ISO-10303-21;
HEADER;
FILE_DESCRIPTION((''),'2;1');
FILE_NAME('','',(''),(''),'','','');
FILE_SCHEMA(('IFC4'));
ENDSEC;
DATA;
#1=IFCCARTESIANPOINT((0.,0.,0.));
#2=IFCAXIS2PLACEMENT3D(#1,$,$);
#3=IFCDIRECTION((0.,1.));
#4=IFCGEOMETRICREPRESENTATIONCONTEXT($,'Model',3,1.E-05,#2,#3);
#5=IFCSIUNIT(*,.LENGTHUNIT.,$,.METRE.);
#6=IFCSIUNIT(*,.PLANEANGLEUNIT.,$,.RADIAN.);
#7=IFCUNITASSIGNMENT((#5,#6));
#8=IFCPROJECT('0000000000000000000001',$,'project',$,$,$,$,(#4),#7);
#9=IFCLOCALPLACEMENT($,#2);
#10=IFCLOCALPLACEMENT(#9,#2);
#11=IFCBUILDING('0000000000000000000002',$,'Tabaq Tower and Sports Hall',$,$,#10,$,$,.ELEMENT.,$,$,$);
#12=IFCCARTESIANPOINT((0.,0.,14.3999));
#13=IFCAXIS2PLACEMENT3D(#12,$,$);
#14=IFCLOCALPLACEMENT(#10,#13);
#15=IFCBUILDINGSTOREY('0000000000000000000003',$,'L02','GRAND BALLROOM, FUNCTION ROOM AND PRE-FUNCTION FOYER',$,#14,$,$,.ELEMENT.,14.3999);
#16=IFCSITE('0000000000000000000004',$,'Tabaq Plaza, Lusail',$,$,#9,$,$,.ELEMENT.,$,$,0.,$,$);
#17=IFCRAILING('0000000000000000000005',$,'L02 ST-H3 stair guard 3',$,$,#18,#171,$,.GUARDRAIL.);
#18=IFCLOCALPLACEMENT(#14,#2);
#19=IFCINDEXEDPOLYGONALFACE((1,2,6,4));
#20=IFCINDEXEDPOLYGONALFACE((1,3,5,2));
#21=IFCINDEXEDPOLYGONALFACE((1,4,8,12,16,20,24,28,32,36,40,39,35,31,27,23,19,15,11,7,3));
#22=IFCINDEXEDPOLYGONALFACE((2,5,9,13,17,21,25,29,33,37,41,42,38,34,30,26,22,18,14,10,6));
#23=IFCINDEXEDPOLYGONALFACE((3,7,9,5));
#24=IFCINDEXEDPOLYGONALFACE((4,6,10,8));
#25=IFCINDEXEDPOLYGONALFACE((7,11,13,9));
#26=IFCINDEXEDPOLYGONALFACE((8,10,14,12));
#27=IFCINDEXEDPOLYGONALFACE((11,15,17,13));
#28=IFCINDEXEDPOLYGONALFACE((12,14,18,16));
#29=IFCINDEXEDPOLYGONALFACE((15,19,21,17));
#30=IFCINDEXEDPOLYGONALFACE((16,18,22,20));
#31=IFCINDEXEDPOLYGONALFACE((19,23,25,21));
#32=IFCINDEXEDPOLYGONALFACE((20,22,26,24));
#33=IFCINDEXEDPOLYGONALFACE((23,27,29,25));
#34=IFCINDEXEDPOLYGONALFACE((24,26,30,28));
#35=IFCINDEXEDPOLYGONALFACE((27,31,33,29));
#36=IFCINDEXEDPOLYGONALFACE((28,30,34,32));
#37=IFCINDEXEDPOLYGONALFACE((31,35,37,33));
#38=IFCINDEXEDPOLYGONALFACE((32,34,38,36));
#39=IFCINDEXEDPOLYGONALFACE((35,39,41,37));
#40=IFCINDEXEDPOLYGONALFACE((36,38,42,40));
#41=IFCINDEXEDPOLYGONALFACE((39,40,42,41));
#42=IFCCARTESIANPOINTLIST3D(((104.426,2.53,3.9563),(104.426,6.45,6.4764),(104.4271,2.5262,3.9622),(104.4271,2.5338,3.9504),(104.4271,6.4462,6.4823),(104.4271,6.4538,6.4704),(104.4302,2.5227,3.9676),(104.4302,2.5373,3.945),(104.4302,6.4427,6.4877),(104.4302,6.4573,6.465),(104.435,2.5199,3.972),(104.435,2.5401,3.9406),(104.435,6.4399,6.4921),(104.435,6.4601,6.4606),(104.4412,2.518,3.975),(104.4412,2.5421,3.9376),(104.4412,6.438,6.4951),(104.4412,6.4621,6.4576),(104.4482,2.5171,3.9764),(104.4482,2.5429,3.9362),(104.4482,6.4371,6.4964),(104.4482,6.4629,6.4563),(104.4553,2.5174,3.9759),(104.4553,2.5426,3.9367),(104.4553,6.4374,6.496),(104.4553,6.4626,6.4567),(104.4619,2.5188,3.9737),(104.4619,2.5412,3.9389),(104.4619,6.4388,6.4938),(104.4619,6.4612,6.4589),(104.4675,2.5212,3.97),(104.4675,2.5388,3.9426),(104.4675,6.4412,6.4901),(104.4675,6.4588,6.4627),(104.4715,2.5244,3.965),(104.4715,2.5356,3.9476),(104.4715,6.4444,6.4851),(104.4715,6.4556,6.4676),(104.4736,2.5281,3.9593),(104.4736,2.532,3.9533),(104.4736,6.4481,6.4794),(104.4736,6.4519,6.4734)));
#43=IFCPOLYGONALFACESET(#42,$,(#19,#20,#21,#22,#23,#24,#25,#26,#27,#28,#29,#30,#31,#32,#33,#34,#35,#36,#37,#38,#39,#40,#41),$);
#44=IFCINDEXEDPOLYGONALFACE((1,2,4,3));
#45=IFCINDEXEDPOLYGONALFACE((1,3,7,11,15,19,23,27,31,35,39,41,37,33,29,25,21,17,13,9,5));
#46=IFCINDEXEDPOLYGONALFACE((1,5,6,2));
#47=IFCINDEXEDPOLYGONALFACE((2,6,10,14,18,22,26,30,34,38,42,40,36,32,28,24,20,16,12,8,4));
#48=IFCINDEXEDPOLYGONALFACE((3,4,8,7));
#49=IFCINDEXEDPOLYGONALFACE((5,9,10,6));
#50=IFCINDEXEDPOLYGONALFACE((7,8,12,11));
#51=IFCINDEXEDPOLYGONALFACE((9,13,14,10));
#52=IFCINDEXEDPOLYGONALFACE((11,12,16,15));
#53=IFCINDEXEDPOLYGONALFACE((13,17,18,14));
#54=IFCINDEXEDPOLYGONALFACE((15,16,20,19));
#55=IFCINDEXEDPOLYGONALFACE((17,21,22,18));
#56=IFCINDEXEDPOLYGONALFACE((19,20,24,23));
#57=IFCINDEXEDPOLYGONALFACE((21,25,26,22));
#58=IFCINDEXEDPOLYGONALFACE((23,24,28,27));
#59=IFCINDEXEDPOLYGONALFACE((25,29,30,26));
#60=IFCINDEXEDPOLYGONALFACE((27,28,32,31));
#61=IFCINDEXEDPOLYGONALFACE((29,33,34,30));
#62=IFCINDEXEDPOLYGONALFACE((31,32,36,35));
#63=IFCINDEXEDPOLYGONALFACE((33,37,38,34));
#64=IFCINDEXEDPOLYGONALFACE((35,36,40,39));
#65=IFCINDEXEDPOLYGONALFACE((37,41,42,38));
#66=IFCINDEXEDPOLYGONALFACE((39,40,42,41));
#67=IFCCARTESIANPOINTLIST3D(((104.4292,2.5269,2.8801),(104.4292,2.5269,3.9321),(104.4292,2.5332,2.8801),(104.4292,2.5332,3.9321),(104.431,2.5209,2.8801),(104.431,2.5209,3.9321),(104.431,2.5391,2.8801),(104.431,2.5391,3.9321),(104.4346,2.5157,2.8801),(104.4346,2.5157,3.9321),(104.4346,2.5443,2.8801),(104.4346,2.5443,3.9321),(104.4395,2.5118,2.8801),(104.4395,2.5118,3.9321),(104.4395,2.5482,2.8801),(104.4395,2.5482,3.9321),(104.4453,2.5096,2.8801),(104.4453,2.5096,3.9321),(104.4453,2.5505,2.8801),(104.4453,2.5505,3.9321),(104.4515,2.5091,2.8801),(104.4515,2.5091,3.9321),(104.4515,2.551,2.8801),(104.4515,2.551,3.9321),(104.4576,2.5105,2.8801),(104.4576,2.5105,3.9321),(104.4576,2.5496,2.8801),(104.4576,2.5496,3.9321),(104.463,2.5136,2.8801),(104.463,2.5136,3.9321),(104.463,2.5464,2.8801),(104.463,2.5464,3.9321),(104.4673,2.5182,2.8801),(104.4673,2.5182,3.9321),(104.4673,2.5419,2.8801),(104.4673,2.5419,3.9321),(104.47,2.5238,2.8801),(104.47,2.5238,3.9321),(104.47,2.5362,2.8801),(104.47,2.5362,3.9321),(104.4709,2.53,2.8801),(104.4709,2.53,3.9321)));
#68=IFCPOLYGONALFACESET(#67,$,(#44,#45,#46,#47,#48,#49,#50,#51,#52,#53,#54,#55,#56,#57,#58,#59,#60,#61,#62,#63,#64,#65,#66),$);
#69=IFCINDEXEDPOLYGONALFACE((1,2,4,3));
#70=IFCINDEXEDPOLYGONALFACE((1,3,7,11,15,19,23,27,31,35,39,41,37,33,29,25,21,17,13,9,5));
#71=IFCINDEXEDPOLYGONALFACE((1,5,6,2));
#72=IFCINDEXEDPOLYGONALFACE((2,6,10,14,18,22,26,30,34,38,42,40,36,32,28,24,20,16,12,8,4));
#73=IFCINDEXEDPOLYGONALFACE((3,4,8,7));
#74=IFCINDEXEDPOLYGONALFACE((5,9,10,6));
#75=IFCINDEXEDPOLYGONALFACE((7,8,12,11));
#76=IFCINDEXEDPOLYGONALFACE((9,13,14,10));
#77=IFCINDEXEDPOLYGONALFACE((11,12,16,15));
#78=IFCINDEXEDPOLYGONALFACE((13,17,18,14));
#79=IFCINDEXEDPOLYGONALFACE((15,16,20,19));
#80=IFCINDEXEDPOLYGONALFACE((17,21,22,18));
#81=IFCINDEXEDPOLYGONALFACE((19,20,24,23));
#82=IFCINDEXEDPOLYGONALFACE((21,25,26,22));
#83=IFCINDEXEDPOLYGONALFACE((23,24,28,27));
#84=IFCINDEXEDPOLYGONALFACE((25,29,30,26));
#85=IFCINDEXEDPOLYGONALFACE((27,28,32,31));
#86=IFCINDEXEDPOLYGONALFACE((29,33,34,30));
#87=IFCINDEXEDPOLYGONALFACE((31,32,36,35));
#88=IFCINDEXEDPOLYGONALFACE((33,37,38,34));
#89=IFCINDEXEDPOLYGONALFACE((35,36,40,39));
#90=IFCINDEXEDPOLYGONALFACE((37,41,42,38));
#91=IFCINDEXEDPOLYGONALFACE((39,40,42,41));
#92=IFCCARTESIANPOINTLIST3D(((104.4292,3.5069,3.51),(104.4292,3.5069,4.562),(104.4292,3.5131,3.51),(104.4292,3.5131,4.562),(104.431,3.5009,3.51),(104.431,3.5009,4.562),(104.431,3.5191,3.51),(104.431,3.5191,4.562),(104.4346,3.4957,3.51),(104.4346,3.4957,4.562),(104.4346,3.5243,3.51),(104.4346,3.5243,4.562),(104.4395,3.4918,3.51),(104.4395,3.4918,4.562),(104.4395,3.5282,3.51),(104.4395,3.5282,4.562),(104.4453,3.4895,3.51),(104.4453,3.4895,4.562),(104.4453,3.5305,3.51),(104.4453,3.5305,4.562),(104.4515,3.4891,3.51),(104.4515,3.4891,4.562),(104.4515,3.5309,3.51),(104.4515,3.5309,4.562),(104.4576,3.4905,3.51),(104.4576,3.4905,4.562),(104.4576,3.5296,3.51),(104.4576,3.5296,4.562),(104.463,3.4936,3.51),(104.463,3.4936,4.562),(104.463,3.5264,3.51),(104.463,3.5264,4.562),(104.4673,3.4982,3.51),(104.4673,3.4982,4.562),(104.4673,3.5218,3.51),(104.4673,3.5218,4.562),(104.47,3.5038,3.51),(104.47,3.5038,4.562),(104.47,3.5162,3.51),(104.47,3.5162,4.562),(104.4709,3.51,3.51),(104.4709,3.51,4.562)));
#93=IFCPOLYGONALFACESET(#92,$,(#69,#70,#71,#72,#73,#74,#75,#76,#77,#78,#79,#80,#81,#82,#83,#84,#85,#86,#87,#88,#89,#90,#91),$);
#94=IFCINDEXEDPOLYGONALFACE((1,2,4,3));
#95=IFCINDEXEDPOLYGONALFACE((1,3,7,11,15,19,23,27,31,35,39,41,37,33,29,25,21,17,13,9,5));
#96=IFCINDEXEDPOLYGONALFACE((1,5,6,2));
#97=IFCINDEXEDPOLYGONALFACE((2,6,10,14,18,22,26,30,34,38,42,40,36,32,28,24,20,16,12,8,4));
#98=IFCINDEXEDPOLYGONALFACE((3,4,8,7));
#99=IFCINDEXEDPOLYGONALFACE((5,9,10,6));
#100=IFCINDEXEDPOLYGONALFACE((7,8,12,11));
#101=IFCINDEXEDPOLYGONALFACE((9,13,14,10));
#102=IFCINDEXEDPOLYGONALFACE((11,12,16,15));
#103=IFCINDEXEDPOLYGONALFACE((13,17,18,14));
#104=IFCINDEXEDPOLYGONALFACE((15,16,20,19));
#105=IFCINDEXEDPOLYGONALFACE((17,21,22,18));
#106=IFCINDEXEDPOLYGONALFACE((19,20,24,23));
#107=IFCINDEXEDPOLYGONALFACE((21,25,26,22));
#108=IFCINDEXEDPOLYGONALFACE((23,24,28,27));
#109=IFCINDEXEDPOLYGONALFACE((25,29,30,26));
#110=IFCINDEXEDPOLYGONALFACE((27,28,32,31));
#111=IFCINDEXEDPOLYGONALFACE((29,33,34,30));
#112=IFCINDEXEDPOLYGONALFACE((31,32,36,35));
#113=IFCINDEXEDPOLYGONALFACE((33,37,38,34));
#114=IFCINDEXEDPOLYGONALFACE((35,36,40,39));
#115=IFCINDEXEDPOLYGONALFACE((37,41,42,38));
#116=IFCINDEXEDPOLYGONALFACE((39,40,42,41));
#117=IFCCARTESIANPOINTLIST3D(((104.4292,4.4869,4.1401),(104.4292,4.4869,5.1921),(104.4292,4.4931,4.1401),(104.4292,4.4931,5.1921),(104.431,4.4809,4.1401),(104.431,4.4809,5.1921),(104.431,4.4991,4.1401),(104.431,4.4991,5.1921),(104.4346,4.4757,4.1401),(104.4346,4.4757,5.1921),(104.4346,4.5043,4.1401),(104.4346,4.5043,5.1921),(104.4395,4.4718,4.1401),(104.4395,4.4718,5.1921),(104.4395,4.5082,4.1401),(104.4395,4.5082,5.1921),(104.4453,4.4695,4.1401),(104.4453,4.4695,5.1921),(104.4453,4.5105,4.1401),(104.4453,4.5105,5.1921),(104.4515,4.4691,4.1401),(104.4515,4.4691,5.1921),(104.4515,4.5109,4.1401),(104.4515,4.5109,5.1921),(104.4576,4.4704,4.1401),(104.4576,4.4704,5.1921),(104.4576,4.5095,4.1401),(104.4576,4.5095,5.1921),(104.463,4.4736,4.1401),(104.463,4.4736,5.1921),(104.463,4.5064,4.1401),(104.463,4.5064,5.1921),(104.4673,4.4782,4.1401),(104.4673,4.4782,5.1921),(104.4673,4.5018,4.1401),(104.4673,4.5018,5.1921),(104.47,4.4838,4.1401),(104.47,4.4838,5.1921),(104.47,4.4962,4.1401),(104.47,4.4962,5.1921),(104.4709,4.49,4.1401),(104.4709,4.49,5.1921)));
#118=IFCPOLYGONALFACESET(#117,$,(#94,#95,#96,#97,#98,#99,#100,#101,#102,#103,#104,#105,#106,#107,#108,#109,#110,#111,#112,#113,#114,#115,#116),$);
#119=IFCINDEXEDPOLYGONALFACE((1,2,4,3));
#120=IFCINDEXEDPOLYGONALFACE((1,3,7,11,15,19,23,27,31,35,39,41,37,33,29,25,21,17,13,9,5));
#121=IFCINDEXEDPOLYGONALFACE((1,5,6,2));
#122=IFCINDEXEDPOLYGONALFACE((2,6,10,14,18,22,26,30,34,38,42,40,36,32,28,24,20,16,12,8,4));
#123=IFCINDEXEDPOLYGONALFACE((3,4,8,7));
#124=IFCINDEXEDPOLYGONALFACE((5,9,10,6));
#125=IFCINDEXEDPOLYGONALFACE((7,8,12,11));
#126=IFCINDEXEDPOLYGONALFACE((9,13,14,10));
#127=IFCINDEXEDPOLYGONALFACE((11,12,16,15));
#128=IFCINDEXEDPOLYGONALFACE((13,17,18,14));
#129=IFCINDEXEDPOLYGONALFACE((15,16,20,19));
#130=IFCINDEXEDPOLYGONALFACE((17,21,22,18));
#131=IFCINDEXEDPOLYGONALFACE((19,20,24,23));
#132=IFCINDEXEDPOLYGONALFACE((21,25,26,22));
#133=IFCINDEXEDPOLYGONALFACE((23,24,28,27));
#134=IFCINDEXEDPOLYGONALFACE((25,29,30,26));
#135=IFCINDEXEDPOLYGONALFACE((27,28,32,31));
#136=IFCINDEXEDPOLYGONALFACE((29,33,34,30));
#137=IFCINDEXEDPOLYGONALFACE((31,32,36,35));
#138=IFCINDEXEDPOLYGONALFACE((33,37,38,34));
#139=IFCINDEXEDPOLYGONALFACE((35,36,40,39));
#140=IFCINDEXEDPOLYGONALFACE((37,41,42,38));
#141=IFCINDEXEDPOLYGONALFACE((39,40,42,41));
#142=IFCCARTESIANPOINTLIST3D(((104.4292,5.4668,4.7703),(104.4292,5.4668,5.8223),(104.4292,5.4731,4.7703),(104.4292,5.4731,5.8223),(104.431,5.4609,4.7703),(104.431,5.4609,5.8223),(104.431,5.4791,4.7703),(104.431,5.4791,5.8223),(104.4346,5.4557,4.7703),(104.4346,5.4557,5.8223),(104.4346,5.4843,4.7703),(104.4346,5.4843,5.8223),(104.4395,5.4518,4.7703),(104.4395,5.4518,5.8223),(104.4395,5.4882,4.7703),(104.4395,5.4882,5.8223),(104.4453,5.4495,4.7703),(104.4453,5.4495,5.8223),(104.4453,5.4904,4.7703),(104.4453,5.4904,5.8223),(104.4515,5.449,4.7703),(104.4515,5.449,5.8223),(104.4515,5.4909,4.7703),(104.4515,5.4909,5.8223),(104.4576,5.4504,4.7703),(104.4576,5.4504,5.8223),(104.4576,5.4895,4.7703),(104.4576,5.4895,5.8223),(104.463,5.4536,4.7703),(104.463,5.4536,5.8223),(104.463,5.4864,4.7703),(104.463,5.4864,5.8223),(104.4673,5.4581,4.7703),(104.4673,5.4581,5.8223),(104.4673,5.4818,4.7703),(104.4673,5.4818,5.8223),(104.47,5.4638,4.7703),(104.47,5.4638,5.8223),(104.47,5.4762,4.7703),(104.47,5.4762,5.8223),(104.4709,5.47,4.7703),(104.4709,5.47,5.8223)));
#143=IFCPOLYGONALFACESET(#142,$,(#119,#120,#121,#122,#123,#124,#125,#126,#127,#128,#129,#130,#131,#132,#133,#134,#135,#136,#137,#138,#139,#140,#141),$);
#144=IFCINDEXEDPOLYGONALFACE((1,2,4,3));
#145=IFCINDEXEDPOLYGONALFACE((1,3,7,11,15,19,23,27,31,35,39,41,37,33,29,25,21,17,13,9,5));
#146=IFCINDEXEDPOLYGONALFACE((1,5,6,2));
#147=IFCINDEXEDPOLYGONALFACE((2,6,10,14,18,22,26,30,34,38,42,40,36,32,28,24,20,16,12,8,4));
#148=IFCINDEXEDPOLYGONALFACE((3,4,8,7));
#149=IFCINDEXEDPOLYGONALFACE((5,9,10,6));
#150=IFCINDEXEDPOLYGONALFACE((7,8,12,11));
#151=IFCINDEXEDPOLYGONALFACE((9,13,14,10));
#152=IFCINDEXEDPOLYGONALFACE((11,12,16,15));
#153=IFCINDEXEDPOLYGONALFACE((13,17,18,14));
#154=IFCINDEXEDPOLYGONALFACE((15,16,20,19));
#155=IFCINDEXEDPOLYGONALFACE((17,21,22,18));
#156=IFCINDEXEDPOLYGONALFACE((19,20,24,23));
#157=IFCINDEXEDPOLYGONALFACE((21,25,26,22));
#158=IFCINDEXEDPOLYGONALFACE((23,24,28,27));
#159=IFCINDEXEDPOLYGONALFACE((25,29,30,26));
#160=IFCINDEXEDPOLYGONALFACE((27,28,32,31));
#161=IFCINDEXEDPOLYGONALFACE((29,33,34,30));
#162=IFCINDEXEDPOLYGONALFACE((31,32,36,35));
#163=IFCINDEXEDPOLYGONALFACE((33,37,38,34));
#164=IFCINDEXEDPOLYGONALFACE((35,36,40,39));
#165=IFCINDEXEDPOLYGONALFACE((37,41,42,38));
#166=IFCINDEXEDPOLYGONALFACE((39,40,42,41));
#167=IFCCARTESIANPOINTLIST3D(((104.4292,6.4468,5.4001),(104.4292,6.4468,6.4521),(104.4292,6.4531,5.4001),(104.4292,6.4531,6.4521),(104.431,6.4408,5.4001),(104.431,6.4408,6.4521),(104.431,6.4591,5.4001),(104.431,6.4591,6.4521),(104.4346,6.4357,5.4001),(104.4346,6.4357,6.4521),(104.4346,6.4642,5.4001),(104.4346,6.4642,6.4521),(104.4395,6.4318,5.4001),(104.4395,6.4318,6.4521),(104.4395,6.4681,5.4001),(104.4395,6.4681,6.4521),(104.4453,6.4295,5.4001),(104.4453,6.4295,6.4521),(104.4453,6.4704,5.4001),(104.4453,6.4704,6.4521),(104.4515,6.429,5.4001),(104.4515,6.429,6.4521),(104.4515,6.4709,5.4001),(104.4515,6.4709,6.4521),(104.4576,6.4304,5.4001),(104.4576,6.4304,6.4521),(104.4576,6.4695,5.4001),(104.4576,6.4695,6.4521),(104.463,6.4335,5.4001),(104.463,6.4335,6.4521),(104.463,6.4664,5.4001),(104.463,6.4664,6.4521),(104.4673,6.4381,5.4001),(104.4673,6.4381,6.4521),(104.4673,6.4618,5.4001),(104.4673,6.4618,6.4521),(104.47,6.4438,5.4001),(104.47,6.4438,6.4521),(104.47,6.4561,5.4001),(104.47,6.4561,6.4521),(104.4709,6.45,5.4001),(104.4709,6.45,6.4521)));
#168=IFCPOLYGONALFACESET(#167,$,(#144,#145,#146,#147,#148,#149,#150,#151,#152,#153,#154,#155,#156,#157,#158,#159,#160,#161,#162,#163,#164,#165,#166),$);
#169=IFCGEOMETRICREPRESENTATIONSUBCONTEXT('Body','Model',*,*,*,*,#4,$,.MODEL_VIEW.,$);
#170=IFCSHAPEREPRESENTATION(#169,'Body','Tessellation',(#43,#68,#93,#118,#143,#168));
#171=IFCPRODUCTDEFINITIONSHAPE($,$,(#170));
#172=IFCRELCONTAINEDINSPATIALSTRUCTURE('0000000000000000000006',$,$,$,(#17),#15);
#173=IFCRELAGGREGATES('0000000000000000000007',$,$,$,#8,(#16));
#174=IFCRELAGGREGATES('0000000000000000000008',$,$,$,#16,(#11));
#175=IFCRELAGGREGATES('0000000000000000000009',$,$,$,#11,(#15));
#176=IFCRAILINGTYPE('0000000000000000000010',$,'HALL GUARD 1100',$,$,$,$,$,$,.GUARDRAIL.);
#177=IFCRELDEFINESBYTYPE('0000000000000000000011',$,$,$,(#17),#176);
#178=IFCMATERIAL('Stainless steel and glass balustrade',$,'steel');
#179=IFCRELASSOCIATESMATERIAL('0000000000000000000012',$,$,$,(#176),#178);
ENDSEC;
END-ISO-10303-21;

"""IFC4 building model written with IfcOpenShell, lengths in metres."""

from ifc_helpers import new_model, si_unit, direction, frame, origin, origin_2d, place, context, subcontext, project, spatial, circle, extrude, material, type_object, element, save


model = new_model("IFC4")

# Units and contexts
model_context = context("Model", 3, precision=1e-05, world=origin(), true_north=direction((0.0, 1.0)))
body_context = subcontext(model_context, "Body", "Model", "MODEL_VIEW")
ifc_project = project(units=[si_unit("LENGTHUNIT", "METRE"), si_unit("PLANEANGLEUNIT", "RADIAN")], contexts=[model_context])

# Site, building, storey
site_placement = place(None, origin())
site = spatial("IfcSite", under=ifc_project, at=site_placement, Name="Tabaq Plaza, Lusail", CompositionType="ELEMENT", RefElevation=0.0)
building_placement = place(site_placement, origin())
building = spatial("IfcBuilding", under=site, at=building_placement, Name="Tabaq Tower and Sports Hall", CompositionType="ELEMENT")
storey_placement = place(building_placement, frame((0.0, 0.0, 14.3999)))
storey = spatial("IfcBuildingStorey", under=building, at=storey_placement, Name="L02", Description="GRAND BALLROOM, FUNCTION ROOM AND PRE-FUNCTION FOYER", CompositionType="ELEMENT", Elevation=14.3999)

# Railing
ifc_material_1 = material(Name="Stainless steel and glass balustrade", Category="steel")
railing_type_1 = type_object("IfcRailingType", Name="HALL GUARD 1100", PredefinedType="GUARDRAIL", material=ifc_material_1)
railing_1_placement = place(storey_placement, frame((104.45, 2.53, 2.8801)))
element("IfcRailing", 1, at=railing_1_placement, inside=storey, type_object=railing_type_1, Name="L02 ST-H3 stair guard 3", PredefinedType="GUARDRAIL", context=body_context, shape_type="SweptSolid", body=[
    extrude(circle(Radius=0.0239, at=origin_2d()), frame((0.0, 0.0, 1.0762), z_axis=(0.0, 0.841172, 0.540768), x_axis=(-1.0, 0.0, 0.0)), (0.0, 0.0, 1.0), 4.6602),
    extrude(circle(Radius=0.021, at=origin_2d()), origin(), (0.0, 0.0, 1.0), 1.052),
    extrude(circle(Radius=0.021, at=origin_2d()), frame((0.0, 0.98, 0.6299)), (0.0, 0.0, 1.0), 1.052),
    extrude(circle(Radius=0.021, at=origin_2d()), frame((0.0, 1.96, 1.26)), (0.0, 0.0, 1.0), 1.052),
    extrude(circle(Radius=0.021, at=origin_2d()), frame((0.0, 2.9399, 1.8901)), (0.0, 0.0, 1.0), 1.052),
    extrude(circle(Radius=0.021, at=origin_2d()), frame((0.0, 3.9199, 2.52)), (0.0, 0.0, 1.0), 1.052),
])

save(model, "model.ifc")
